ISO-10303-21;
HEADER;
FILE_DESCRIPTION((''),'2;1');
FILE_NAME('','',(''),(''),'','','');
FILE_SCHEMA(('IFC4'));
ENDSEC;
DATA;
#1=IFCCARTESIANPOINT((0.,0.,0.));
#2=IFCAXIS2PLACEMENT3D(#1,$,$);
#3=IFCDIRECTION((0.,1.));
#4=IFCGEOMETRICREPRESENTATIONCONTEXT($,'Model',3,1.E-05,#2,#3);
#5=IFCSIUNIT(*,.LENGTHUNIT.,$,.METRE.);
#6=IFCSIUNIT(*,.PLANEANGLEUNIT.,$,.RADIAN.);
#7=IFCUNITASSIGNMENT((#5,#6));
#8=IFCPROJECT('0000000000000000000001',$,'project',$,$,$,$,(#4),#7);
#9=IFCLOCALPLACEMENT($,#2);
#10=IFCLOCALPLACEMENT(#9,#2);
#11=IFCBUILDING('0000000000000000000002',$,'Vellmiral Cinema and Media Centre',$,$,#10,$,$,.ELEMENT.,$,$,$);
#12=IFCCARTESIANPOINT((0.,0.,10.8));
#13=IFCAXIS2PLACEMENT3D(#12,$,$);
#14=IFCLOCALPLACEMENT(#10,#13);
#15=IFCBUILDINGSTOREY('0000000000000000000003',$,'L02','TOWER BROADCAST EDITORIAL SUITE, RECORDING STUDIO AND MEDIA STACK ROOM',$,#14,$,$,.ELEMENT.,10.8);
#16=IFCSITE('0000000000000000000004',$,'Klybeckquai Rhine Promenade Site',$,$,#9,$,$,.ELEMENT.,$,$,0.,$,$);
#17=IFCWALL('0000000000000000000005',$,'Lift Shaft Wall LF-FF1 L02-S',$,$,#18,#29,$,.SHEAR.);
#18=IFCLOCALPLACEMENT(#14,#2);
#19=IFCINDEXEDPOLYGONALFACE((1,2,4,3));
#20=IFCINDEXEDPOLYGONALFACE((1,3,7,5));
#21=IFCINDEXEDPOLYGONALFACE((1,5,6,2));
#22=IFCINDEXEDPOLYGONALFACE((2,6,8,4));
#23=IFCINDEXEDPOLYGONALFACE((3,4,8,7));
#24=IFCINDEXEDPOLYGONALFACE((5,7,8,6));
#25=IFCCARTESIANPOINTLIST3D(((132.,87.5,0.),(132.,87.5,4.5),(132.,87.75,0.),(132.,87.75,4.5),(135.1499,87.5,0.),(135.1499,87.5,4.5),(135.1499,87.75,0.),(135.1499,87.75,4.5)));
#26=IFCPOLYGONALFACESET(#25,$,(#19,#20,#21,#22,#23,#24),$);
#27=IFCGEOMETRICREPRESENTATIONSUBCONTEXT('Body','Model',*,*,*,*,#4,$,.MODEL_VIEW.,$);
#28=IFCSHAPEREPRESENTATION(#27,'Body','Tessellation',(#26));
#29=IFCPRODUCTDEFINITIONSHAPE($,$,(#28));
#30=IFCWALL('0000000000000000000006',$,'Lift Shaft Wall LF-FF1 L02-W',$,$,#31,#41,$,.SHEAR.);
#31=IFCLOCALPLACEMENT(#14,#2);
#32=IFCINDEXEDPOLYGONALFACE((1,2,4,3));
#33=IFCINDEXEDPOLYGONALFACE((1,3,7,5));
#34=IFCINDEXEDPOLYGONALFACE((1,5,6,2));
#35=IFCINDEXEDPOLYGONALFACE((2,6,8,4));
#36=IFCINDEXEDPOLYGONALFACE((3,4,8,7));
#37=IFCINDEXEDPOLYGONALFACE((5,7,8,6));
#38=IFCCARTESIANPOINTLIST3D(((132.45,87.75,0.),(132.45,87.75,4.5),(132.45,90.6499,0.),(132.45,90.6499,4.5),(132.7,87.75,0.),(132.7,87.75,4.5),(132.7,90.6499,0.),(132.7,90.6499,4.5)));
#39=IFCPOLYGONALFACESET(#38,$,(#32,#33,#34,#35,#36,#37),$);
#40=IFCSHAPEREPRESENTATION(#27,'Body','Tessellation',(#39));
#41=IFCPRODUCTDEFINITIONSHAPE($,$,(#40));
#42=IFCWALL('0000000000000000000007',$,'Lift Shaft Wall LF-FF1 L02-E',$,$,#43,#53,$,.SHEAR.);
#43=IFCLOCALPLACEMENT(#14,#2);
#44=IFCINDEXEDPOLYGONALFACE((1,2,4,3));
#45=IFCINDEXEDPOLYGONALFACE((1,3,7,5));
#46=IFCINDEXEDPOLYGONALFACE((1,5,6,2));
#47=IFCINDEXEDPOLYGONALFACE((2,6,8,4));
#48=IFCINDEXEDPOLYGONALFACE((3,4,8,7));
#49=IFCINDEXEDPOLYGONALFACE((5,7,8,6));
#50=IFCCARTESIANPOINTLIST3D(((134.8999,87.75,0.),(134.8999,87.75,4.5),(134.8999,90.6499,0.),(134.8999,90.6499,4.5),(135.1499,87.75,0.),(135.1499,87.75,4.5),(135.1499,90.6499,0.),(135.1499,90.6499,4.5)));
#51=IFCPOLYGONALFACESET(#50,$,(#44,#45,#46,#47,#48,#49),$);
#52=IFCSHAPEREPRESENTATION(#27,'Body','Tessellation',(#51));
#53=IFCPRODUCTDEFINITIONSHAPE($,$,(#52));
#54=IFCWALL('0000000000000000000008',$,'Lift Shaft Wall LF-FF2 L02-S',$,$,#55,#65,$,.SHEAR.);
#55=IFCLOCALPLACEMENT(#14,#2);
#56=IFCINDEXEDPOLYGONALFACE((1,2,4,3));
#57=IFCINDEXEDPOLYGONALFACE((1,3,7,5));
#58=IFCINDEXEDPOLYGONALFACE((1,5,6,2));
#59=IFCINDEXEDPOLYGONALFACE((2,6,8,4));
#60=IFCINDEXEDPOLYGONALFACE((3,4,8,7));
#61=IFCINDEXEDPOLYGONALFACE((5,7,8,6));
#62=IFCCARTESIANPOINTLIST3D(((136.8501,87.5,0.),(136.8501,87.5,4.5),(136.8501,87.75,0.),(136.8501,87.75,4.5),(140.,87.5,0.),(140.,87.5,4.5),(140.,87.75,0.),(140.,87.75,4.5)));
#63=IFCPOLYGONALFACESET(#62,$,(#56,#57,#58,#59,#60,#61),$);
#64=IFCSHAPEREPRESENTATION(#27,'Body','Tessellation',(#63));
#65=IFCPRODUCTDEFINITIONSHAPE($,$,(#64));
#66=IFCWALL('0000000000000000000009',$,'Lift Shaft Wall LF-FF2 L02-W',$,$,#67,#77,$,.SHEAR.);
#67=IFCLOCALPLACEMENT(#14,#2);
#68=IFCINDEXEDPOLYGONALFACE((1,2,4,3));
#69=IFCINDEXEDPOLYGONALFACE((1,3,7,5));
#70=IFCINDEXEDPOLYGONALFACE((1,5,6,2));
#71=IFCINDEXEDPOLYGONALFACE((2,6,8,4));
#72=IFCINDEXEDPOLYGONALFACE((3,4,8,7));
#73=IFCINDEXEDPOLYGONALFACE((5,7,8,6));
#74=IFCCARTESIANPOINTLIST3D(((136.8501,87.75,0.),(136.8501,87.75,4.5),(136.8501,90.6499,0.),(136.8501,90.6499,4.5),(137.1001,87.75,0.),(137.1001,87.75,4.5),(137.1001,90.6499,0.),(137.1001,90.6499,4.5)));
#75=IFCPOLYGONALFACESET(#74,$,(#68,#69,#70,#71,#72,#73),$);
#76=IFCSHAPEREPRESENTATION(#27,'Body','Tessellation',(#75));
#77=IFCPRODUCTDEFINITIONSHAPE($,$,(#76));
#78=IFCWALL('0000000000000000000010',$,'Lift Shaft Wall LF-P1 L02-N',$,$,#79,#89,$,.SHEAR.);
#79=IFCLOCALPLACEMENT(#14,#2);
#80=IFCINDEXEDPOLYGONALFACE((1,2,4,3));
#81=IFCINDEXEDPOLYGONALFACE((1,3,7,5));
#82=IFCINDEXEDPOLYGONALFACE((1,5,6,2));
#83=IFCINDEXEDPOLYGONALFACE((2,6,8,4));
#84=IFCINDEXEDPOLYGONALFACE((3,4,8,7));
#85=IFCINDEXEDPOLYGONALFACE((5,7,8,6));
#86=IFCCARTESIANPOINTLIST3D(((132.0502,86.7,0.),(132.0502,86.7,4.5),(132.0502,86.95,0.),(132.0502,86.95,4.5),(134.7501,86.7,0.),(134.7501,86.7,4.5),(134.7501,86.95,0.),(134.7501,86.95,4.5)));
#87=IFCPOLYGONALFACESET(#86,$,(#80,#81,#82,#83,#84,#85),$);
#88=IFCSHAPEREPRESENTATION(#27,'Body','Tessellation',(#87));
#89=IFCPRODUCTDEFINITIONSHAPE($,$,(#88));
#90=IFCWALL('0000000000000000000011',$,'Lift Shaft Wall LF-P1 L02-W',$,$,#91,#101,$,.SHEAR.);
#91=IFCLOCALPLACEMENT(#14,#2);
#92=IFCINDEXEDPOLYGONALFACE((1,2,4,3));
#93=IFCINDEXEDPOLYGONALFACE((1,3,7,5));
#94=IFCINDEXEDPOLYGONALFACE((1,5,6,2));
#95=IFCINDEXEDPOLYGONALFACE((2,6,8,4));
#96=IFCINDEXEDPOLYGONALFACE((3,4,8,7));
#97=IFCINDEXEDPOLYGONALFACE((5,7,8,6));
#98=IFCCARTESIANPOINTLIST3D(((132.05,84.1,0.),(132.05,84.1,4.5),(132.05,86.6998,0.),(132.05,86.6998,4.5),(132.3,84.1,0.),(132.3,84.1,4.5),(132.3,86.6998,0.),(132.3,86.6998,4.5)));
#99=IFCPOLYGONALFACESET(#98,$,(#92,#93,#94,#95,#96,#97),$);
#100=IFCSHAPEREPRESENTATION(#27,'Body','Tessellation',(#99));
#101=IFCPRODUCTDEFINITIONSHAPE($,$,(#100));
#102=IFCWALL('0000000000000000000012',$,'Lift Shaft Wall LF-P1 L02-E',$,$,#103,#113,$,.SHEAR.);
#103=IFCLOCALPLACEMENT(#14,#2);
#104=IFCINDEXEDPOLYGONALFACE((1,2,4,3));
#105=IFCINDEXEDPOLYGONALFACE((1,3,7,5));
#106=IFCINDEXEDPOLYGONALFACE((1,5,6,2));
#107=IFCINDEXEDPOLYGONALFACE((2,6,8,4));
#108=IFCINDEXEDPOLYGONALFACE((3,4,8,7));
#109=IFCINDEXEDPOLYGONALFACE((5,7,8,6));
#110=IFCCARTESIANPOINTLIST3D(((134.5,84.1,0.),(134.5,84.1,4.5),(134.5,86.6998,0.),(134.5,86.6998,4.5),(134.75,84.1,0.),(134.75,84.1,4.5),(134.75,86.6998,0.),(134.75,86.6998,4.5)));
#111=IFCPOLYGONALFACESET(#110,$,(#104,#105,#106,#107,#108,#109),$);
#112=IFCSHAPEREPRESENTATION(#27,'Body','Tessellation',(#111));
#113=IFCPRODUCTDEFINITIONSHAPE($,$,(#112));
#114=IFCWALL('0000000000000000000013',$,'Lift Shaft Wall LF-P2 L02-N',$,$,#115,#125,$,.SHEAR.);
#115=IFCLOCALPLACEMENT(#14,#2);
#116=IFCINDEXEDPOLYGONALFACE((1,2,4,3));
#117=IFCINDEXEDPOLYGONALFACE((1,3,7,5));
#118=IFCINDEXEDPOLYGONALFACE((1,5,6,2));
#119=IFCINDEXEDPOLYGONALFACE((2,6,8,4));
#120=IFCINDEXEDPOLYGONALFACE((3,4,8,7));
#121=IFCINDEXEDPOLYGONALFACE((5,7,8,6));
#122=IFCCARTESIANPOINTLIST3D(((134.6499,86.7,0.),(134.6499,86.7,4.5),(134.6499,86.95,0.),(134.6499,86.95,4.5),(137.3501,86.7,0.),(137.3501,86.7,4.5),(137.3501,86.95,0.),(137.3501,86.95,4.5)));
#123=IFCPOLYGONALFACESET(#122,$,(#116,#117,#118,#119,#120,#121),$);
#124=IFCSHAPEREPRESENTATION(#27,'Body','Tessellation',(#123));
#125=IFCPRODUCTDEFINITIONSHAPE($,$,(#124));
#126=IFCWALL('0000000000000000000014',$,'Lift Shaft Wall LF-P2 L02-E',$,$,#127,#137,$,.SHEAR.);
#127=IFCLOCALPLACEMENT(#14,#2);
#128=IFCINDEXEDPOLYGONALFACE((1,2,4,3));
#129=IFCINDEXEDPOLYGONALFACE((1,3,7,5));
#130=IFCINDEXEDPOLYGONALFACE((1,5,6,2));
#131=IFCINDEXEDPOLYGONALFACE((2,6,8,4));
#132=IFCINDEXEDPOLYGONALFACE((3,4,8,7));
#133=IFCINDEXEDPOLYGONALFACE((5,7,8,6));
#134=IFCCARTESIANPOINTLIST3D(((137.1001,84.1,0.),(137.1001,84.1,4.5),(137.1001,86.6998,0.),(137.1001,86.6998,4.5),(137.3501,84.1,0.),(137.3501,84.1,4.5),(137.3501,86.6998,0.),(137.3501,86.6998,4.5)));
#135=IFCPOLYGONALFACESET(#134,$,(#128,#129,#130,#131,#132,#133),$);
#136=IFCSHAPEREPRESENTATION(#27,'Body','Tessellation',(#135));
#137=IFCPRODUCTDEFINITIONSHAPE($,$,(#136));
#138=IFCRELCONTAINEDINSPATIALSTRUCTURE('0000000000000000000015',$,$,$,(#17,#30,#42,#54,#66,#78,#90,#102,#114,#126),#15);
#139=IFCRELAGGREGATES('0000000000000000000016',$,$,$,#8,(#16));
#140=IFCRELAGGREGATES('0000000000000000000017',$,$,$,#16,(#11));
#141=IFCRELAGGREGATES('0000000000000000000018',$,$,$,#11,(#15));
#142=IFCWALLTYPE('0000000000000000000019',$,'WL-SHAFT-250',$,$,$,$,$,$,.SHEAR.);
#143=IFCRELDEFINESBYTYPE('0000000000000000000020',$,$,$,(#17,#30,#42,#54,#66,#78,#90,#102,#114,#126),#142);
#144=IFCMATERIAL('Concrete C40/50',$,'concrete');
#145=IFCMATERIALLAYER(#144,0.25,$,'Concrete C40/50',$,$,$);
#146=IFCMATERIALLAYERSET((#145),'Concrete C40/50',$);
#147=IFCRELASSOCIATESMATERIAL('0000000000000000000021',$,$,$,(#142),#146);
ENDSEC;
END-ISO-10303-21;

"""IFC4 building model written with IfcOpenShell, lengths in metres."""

from ifc_helpers import new_model, si_unit, direction, frame, frame_2d, origin, place, context, subcontext, project, spatial, rectangle, extrude, material, layer, layer_set, type_object, element, save


model = new_model("IFC4")

# Units and contexts
model_context = context("Model", 3, precision=1e-05, world=origin(), true_north=direction((0.0, 1.0)))
body_context = subcontext(model_context, "Body", "Model", "MODEL_VIEW")
ifc_project = project(units=[si_unit("LENGTHUNIT", "METRE"), si_unit("PLANEANGLEUNIT", "RADIAN")], contexts=[model_context])

# Site, building, storey
site_placement = place(None, origin())
site = spatial("IfcSite", under=ifc_project, at=site_placement, Name="Klybeckquai Rhine Promenade Site", CompositionType="ELEMENT", RefElevation=0.0)
building_placement = place(site_placement, origin())
building = spatial("IfcBuilding", under=site, at=building_placement, Name="Vellmiral Cinema and Media Centre", CompositionType="ELEMENT")
storey_placement = place(building_placement, frame((0.0, 0.0, 10.8)))
storey = spatial("IfcBuildingStorey", under=building, at=storey_placement, Name="L02", Description="TOWER BROADCAST EDITORIAL SUITE, RECORDING STUDIO AND MEDIA STACK ROOM", CompositionType="ELEMENT", Elevation=10.8)

# Wall
ifc_material_1 = material(Name="Concrete C40/50", Category="concrete")
ifc_layer_1 = layer(ifc_material_1, 0.25, Name="Concrete C40/50")
ifc_layer_set_1 = layer_set([ifc_layer_1], Name="Concrete C40/50")
wall_type_1 = type_object("IfcWallType", Name="WL-SHAFT-250", PredefinedType="SHEAR", material=ifc_layer_set_1)
wall_1_placement = place(storey_placement, frame((132.0, 87.625, 0.0), z_axis=(0.0, 0.0, 1.0), x_axis=(1.0, 0.0, 0.0)))
element("IfcWall", 1, at=wall_1_placement, inside=storey, type_object=wall_type_1, Name="Lift Shaft Wall LF-FF1 L02-S", PredefinedType="SHEAR", context=body_context, shape_type="SweptSolid", body=[
    extrude(rectangle(XDim=3.1499, YDim=0.25, at=frame_2d((1.575, 0.0))), origin(), (0.0, 0.0, 1.0), 4.5),
])

# Walls
for number, where, z_axis, x_axis, name in (
    (2, (132.575, 87.75, 0.0), (0.0, 0.0, 1.0), (0.0, 1.0, 0.0), "Lift Shaft Wall LF-FF1 L02-W"),
    (3, (135.0249, 87.75, 0.0), (0.0, 0.0, 1.0), (0.0, 1.0, 0.0), "Lift Shaft Wall LF-FF1 L02-E"),
):
    element("IfcWall", number, at=place(storey_placement, frame(where, z_axis=z_axis, x_axis=x_axis)), inside=storey, type_object=wall_type_1, Name=name, PredefinedType="SHEAR", context=body_context, shape_type="SweptSolid", body=[
        extrude(rectangle(XDim=2.8999, YDim=0.25, at=frame_2d((1.45, 0.0))), origin(), (0.0, 0.0, 1.0), 4.5),
    ])
wall_2_placement = place(storey_placement, frame((136.8501, 87.625, 0.0), z_axis=(0.0, 0.0, 1.0), x_axis=(1.0, 0.0, 0.0)))
element("IfcWall", 4, at=wall_2_placement, inside=storey, type_object=wall_type_1, Name="Lift Shaft Wall LF-FF2 L02-S", PredefinedType="SHEAR", context=body_context, shape_type="SweptSolid", body=[
    extrude(rectangle(XDim=3.1499, YDim=0.25, at=frame_2d((1.575, 0.0))), origin(), (0.0, 0.0, 1.0), 4.5),
])

# Wall
wall_3_placement = place(storey_placement, frame((136.9751, 87.75, 0.0), z_axis=(0.0, 0.0, 1.0), x_axis=(0.0, 1.0, 0.0)))
element("IfcWall", 5, at=wall_3_placement, inside=storey, type_object=wall_type_1, Name="Lift Shaft Wall LF-FF2 L02-W", PredefinedType="SHEAR", context=body_context, shape_type="SweptSolid", body=[
    extrude(rectangle(XDim=2.8999, YDim=0.25, at=frame_2d((1.45, 0.0))), origin(), (0.0, 0.0, 1.0), 4.5),
])

# Walls
wall_4_placement = place(storey_placement, frame((132.05, 86.825, 0.0), z_axis=(0.0, 0.0, 1.0), x_axis=(1.0, 0.0, 0.0)))
element("IfcWall", 6, at=wall_4_placement, inside=storey, type_object=wall_type_1, Name="Lift Shaft Wall LF-P1 L02-N", PredefinedType="SHEAR", context=body_context, shape_type="SweptSolid", body=[
    extrude(rectangle(XDim=2.7, YDim=0.25, at=frame_2d((1.3501, 0.0))), origin(), (0.0, 0.0, 1.0), 4.5),
])
for number, where, z_axis, x_axis, name in (
    (7, (132.175, 84.1001, 0.0), (0.0, 0.0, 1.0), (0.0, 1.0, 0.0), "Lift Shaft Wall LF-P1 L02-W"),
    (8, (134.625, 84.1001, 0.0), (0.0, 0.0, 1.0), (0.0, 1.0, 0.0), "Lift Shaft Wall LF-P1 L02-E"),
):
    element("IfcWall", number, at=place(storey_placement, frame(where, z_axis=z_axis, x_axis=x_axis)), inside=storey, type_object=wall_type_1, Name=name, PredefinedType="SHEAR", context=body_context, shape_type="SweptSolid", body=[
        extrude(rectangle(XDim=2.5999, YDim=0.25, at=frame_2d((1.2998, 0.0))), origin(), (0.0, 0.0, 1.0), 4.5),
    ])

# Walls
wall_5_placement = place(storey_placement, frame((134.6499, 86.825, 0.0), z_axis=(0.0, 0.0, 1.0), x_axis=(1.0, 0.0, 0.0)))
element("IfcWall", 9, at=wall_5_placement, inside=storey, type_object=wall_type_1, Name="Lift Shaft Wall LF-P2 L02-N", PredefinedType="SHEAR", context=body_context, shape_type="SweptSolid", body=[
    extrude(rectangle(XDim=2.7002, YDim=0.25, at=frame_2d((1.3501, 0.0))), origin(), (0.0, 0.0, 1.0), 4.5),
])
wall_6_placement = place(storey_placement, frame((137.2251, 84.1001, 0.0), z_axis=(0.0, 0.0, 1.0), x_axis=(0.0, 1.0, 0.0)))
element("IfcWall", 10, at=wall_6_placement, inside=storey, type_object=wall_type_1, Name="Lift Shaft Wall LF-P2 L02-E", PredefinedType="SHEAR", context=body_context, shape_type="SweptSolid", body=[
    extrude(rectangle(XDim=2.5999, YDim=0.25, at=frame_2d((1.2998, 0.0))), origin(), (0.0, 0.0, 1.0), 4.5),
])

save(model, "model.ifc")
